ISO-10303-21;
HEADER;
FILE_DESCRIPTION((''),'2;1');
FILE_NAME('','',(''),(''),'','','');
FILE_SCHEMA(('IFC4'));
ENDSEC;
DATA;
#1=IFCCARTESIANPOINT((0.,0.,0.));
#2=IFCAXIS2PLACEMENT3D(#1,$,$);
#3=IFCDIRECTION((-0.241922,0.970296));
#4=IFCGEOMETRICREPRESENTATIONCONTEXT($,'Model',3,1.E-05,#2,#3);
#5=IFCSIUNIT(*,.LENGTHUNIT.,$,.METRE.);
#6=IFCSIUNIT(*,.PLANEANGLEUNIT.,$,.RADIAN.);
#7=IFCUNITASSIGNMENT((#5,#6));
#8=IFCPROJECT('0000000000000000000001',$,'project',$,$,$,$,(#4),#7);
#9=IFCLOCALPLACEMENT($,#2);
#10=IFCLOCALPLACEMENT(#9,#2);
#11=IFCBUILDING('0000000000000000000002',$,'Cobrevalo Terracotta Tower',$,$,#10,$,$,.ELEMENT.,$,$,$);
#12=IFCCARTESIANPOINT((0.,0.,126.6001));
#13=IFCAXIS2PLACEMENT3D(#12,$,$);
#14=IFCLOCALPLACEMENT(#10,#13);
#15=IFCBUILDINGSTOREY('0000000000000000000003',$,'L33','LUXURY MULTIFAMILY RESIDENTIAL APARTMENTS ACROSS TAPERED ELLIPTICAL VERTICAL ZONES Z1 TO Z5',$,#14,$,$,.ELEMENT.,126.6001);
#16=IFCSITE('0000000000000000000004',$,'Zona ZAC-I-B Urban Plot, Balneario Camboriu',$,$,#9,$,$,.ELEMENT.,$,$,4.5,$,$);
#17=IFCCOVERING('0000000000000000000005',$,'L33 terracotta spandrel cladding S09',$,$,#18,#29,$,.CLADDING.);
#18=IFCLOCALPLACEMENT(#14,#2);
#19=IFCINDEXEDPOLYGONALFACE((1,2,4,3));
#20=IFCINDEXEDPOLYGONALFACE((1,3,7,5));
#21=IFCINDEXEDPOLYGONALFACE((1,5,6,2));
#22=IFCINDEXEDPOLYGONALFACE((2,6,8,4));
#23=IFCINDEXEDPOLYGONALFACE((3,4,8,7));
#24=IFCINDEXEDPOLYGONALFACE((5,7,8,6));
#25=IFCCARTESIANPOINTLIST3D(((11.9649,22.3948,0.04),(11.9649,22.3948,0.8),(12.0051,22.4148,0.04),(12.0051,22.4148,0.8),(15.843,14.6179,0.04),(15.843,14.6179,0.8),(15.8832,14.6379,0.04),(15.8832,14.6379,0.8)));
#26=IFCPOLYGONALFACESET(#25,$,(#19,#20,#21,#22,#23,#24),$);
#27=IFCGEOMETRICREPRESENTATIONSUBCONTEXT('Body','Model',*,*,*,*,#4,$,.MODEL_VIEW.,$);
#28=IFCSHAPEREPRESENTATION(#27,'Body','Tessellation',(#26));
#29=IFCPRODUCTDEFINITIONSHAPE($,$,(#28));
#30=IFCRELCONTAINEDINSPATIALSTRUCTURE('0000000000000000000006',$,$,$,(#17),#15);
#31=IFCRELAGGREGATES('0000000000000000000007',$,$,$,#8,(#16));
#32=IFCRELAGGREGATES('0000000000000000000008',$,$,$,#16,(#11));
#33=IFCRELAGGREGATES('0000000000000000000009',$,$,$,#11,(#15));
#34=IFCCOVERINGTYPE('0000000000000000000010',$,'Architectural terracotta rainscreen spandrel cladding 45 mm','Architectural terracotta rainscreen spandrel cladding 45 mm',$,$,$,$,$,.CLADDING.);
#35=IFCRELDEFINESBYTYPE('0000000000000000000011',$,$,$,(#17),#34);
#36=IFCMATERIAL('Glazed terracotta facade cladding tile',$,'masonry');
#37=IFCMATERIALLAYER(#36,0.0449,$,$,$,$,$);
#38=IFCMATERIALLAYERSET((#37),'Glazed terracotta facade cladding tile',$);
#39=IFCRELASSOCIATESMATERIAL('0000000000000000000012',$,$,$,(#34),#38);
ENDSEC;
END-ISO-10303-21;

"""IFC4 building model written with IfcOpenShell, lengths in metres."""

from ifc_helpers import new_model, si_unit, direction, frame, origin, origin_2d, place, context, subcontext, project, spatial, rectangle, extrude, source, transform, mapped, material, layer, layer_set, type_object, element, save


model = new_model("IFC4")

# Units and contexts
model_context = context("Model", 3, precision=1e-05, world=origin(), true_north=direction((-0.241922, 0.970296)))
body_context = subcontext(model_context, "Body", "Model", "MODEL_VIEW")
ifc_project = project(units=[si_unit("LENGTHUNIT", "METRE"), si_unit("PLANEANGLEUNIT", "RADIAN")], contexts=[model_context])

# Site, building, storey
site_placement = place(None, origin())
site = spatial("IfcSite", under=ifc_project, at=site_placement, Name="Zona ZAC-I-B Urban Plot, Balneario Camboriu", CompositionType="ELEMENT", RefElevation=4.5)
building_placement = place(site_placement, origin())
building = spatial("IfcBuilding", under=site, at=building_placement, Name="Cobrevalo Terracotta Tower", CompositionType="ELEMENT")
storey_placement = place(building_placement, frame((0.0, 0.0, 126.6001)))
storey = spatial("IfcBuildingStorey", under=building, at=storey_placement, Name="L33", Description="LUXURY MULTIFAMILY RESIDENTIAL APARTMENTS ACROSS TAPERED ELLIPTICAL VERTICAL ZONES Z1 TO Z5", CompositionType="ELEMENT", Elevation=126.6001)

# Covering
ifc_material_1 = material(Name="Glazed terracotta facade cladding tile", Category="masonry")
ifc_layer_1 = layer(ifc_material_1, 0.0449)
ifc_layer_set_1 = layer_set([ifc_layer_1], Name="Glazed terracotta facade cladding tile")
covering_type_1 = type_object("IfcCoveringType", Name="Architectural terracotta rainscreen spandrel cladding 45 mm", Description="Architectural terracotta rainscreen spandrel cladding 45 mm", PredefinedType="CLADDING", material=ifc_layer_set_1)
shared_shape_1 = source(origin(), body_context, "Body", "SweptSolid", [
    extrude(rectangle(XDim=8.6902, YDim=0.0449, at=origin_2d()), origin(), (0.0, 0.0, 1.0), 0.76),
])
covering_1_placement = place(storey_placement, frame((13.9241, 18.5164, 0.04), z_axis=(0.0, 0.0, 1.0), x_axis=(0.446262, -0.894902, 0.0)))
element("IfcCovering", 1, at=covering_1_placement, inside=storey, type_object=covering_type_1, Name="L33 terracotta spandrel cladding S09", PredefinedType="CLADDING", context=body_context, shape_type="MappedRepresentation", body=[
    mapped(shared_shape_1, transform((0.0, 0.0, 0.0), scale=1.0)),
])

save(model, "model.ifc")
